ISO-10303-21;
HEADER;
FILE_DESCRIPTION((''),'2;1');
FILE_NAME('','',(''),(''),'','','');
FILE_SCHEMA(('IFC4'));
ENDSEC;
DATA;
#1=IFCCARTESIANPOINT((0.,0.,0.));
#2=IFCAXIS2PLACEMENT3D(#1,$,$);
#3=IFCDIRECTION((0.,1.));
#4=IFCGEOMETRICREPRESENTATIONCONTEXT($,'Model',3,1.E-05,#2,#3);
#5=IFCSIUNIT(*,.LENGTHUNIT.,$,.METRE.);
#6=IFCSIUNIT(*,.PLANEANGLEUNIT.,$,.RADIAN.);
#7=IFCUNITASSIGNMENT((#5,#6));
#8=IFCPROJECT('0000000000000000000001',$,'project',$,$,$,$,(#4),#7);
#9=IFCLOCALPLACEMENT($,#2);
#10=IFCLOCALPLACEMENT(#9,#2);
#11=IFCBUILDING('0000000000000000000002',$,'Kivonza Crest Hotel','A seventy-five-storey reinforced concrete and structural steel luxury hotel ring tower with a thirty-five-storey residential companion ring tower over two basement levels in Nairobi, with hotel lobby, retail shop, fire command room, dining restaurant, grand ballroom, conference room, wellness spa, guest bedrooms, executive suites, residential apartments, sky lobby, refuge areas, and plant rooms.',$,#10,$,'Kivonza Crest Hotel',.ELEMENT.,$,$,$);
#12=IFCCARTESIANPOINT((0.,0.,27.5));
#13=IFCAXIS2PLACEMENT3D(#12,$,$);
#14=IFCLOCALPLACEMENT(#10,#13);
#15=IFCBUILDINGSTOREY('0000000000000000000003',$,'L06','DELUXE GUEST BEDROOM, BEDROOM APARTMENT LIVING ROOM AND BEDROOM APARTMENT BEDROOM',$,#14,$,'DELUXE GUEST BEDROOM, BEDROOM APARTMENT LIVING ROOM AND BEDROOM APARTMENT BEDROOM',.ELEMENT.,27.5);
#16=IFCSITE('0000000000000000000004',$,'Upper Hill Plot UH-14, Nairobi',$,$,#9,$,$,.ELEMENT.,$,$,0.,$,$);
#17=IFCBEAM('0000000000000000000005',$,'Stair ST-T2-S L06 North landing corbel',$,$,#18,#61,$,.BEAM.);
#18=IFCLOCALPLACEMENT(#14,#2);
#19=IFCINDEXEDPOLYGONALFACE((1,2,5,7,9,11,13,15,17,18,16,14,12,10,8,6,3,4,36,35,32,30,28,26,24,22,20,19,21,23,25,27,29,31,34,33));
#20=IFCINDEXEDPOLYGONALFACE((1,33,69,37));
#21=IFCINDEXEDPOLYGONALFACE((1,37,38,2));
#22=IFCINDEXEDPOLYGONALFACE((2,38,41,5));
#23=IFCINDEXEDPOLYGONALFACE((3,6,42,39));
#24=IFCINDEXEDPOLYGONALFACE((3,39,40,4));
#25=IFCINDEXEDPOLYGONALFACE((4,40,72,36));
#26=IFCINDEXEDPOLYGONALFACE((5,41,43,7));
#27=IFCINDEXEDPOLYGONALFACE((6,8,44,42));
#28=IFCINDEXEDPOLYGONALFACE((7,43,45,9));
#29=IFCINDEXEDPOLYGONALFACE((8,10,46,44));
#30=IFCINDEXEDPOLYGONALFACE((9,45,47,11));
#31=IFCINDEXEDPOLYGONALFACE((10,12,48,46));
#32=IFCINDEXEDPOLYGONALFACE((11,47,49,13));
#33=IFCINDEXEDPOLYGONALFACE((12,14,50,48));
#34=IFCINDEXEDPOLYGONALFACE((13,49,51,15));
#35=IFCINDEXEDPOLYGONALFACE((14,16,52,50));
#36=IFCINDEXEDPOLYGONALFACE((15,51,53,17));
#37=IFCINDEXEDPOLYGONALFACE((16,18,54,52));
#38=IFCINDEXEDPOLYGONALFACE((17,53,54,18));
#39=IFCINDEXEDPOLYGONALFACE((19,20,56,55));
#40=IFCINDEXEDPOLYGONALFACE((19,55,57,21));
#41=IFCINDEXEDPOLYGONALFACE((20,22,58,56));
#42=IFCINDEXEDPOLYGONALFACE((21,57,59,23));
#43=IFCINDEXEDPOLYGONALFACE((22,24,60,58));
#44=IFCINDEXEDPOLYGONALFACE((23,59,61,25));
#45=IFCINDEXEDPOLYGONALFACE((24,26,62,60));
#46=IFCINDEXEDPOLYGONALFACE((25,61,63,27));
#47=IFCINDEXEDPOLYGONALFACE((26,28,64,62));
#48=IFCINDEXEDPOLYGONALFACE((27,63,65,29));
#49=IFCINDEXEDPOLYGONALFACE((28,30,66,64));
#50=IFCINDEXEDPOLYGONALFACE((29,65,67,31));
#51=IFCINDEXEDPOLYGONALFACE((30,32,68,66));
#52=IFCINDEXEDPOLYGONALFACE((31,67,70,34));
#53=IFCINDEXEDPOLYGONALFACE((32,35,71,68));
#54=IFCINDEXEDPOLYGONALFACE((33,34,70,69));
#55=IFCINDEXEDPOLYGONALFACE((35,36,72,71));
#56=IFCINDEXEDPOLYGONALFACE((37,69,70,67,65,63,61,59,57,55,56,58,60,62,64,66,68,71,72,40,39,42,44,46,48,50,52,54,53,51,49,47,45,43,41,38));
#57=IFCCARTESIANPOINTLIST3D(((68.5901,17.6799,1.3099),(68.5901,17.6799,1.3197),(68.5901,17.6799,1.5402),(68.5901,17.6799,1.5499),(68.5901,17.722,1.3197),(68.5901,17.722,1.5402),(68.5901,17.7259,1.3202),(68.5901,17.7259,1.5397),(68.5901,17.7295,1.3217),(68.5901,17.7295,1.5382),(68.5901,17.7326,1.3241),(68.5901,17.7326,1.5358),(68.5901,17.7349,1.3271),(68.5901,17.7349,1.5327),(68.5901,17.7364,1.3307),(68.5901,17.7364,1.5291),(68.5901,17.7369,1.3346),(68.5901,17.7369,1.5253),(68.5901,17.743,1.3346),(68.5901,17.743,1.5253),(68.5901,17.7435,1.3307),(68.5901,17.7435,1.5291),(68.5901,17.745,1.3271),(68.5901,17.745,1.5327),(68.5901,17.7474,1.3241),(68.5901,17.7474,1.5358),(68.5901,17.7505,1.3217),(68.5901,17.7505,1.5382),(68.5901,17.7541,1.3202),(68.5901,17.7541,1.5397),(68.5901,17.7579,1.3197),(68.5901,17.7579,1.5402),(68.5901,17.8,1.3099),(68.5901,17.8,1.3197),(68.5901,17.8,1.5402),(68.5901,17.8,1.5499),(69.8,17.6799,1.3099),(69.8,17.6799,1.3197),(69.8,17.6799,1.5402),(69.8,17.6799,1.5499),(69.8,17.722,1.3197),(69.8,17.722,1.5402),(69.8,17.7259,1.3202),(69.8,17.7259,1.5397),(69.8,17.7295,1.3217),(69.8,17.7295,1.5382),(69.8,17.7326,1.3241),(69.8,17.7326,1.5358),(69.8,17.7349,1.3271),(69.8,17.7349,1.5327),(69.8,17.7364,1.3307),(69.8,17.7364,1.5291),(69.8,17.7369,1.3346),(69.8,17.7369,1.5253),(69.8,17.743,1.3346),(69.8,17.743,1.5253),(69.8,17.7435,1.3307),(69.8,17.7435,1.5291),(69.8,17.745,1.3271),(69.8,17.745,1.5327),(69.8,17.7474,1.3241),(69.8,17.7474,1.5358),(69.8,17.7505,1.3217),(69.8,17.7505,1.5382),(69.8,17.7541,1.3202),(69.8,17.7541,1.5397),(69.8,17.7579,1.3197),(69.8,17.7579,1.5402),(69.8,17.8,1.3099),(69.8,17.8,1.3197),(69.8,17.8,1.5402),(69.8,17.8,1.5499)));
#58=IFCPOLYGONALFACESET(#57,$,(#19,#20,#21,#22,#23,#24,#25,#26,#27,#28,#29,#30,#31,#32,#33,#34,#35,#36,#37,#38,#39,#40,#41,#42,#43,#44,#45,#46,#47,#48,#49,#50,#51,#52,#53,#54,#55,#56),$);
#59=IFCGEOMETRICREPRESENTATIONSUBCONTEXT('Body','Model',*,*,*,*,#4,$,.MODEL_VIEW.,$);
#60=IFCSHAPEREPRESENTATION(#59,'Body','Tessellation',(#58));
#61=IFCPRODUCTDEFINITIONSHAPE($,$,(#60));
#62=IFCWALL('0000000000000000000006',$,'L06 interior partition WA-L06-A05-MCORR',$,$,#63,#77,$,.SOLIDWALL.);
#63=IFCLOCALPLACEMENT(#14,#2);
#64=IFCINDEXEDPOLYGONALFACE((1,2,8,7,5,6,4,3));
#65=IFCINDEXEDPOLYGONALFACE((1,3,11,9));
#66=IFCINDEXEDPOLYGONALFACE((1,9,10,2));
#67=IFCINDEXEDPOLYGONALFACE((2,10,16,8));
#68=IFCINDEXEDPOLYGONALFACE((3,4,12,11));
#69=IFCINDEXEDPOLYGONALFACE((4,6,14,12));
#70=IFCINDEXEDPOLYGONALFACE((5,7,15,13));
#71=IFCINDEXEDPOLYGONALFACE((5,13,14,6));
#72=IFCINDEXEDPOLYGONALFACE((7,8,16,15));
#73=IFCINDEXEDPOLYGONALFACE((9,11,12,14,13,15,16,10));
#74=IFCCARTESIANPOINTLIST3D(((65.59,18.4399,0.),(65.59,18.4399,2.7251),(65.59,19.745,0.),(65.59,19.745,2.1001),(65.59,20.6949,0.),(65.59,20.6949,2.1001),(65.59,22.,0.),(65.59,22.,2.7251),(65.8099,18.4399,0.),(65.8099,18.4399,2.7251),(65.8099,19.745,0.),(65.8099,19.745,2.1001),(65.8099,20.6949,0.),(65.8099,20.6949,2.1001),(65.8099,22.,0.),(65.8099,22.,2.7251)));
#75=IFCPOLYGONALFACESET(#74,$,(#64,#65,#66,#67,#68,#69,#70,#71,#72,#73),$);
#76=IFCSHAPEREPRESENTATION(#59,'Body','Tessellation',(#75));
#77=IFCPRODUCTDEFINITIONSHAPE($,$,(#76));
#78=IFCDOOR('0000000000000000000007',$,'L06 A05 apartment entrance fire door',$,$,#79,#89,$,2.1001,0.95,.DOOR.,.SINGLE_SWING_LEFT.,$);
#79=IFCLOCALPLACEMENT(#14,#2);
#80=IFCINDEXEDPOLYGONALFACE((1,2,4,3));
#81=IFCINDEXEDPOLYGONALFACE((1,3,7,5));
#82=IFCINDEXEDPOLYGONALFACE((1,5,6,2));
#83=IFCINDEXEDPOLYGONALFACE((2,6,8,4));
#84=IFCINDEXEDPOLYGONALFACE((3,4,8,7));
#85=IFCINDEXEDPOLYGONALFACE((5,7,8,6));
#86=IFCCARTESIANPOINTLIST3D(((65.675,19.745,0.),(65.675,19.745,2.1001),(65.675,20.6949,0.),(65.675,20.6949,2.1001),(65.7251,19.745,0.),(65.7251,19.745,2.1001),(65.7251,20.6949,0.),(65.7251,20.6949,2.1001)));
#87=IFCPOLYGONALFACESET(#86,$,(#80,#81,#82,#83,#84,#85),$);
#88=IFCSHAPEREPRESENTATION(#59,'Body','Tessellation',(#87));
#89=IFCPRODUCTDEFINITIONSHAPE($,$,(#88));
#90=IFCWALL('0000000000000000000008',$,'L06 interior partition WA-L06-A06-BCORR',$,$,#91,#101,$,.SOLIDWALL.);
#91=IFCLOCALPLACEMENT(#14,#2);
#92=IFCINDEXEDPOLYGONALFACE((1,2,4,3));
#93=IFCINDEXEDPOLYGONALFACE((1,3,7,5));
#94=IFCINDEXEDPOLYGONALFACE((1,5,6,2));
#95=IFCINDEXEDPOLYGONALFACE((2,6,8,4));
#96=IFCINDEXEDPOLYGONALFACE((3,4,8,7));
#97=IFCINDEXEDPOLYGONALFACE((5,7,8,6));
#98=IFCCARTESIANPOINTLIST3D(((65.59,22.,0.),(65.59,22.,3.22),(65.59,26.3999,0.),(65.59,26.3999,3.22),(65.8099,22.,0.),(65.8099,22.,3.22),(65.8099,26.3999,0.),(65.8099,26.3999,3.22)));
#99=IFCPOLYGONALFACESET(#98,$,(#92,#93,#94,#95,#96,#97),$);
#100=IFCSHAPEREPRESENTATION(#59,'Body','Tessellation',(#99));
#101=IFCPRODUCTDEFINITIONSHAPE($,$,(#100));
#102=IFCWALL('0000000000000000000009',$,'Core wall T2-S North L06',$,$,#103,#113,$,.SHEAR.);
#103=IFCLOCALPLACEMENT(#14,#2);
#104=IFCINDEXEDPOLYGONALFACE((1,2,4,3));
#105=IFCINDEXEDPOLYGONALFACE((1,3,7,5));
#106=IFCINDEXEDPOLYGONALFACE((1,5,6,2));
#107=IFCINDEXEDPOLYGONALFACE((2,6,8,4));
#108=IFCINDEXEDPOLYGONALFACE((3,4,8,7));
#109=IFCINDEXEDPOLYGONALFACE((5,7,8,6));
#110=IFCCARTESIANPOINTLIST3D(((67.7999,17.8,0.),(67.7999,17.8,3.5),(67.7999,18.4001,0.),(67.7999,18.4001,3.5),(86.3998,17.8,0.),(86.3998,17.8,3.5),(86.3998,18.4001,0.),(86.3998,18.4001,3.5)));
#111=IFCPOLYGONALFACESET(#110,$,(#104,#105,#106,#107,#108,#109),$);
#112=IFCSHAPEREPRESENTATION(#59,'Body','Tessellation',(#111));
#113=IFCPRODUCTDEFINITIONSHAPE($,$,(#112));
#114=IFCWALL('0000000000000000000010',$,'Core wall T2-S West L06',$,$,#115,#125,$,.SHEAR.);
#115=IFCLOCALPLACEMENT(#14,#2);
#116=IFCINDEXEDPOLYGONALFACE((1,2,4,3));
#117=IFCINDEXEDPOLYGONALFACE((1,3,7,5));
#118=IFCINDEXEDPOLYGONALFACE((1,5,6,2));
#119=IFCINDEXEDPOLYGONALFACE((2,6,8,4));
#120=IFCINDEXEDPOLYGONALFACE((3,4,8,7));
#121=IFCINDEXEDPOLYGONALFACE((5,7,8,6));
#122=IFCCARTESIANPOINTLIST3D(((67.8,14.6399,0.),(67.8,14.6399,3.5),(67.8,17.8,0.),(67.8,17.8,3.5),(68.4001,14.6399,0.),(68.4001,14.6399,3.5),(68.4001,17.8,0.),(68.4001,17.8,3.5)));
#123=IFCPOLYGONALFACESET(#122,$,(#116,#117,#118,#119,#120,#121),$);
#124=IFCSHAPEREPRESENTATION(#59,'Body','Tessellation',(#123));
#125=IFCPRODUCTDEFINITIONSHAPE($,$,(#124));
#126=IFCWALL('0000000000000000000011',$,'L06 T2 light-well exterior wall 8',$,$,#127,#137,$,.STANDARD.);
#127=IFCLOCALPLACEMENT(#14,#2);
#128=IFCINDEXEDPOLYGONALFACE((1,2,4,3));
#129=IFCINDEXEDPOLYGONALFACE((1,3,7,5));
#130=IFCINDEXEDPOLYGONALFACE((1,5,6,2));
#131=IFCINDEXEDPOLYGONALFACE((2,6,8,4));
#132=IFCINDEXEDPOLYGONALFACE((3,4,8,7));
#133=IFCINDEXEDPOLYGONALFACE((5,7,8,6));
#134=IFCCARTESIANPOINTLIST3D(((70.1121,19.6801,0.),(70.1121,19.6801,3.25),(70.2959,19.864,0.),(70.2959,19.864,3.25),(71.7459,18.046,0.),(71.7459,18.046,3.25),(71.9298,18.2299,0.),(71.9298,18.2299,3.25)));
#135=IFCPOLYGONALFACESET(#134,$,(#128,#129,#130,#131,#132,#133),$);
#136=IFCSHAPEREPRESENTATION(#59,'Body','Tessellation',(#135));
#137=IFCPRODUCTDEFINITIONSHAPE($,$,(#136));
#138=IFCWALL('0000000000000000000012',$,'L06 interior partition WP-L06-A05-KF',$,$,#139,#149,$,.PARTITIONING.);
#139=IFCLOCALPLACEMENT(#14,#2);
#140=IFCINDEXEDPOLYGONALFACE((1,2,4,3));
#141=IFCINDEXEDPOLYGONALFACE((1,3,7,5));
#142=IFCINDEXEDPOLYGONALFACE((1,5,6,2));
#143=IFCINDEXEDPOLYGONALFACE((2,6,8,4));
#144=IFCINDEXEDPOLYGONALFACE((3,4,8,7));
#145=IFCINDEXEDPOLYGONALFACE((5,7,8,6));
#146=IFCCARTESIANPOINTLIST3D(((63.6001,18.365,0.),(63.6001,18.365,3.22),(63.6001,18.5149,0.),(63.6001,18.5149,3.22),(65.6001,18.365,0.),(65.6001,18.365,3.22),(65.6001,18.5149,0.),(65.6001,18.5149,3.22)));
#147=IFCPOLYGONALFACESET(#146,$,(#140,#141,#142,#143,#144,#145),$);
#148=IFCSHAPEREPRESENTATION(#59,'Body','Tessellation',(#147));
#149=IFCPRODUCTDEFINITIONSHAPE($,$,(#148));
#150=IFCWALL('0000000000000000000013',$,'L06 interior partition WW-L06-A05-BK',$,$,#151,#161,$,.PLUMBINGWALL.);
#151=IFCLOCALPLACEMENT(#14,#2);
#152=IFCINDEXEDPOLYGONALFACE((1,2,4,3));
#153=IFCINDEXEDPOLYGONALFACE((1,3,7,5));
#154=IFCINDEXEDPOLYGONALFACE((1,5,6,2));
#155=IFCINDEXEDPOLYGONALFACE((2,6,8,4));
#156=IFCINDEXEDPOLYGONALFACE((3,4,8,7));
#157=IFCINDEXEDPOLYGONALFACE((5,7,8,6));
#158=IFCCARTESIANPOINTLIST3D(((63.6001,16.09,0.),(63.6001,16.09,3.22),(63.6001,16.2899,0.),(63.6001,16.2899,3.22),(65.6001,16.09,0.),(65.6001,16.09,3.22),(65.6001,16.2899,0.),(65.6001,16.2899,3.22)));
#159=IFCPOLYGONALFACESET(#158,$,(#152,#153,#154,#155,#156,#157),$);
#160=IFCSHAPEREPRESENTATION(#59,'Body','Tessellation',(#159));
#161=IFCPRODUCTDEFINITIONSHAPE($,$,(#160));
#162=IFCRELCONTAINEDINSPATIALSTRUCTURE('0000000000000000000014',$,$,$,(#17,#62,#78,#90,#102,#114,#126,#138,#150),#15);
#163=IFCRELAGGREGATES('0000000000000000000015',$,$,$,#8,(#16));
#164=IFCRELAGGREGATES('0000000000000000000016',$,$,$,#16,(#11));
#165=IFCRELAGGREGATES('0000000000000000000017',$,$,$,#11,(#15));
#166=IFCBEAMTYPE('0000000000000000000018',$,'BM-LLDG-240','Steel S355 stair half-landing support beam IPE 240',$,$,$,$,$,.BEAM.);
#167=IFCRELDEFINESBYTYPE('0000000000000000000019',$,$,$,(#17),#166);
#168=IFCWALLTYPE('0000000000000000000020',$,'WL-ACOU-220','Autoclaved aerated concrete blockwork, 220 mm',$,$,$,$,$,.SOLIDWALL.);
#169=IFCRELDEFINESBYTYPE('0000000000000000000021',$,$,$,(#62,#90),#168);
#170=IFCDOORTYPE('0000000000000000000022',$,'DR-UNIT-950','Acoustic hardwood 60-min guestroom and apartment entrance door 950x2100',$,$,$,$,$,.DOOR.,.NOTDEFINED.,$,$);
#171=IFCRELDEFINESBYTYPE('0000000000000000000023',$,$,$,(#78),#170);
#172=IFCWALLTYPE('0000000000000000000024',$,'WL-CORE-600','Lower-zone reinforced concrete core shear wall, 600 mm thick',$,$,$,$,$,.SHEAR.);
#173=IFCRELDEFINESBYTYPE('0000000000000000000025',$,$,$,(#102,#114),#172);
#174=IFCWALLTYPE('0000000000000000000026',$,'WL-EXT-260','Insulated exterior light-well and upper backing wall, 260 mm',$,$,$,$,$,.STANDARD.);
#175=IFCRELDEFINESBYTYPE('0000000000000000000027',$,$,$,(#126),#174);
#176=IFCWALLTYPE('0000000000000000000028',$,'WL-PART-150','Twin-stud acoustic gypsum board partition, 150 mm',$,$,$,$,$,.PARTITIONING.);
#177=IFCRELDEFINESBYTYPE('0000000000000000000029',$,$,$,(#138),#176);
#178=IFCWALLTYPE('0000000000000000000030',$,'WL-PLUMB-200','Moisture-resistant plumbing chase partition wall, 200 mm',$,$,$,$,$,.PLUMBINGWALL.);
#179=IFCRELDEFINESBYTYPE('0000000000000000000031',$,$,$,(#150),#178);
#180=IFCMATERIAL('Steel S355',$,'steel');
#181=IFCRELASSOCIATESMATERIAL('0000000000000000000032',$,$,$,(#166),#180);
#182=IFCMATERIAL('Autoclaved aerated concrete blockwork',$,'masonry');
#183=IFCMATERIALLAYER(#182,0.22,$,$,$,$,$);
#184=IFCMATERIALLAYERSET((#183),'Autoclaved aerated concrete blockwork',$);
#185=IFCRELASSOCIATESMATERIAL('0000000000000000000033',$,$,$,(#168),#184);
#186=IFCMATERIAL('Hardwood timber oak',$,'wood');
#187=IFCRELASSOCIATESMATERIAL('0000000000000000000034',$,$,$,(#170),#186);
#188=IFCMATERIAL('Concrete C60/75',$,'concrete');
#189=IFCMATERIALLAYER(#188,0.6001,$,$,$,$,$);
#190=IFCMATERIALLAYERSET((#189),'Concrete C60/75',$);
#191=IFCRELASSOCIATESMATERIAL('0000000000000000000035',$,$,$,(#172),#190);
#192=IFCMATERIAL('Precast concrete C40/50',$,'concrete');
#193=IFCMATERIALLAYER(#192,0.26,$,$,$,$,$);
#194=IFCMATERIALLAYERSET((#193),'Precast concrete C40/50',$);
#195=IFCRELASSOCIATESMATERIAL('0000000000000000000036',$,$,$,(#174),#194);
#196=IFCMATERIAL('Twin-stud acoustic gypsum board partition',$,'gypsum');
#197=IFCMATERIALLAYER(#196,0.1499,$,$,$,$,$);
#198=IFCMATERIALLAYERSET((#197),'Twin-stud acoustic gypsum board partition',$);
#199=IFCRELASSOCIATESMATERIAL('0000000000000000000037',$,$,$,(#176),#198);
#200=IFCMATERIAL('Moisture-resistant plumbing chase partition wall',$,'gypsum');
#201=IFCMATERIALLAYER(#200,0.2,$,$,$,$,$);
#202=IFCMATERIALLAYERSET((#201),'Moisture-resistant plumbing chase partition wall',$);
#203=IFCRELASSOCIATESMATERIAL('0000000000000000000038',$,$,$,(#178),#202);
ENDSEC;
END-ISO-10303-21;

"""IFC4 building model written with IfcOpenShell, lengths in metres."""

from ifc_helpers import new_model, si_unit, direction, frame, frame_2d, origin, origin_2d, place, context, subcontext, project, spatial, rectangle, i_section, extrude, material, layer, layer_set, material_profile, profile_set, type_object, element, fill, save


model = new_model("IFC4")

# Units and contexts
model_context = context("Model", 3, precision=1e-05, world=origin(), true_north=direction((0.0, 1.0)))
body_context = subcontext(model_context, "Body", "Model", "MODEL_VIEW")
ifc_project = project(units=[si_unit("LENGTHUNIT", "METRE"), si_unit("PLANEANGLEUNIT", "RADIAN")], contexts=[model_context])

# Site, building, storey
site_placement = place(None, origin())
site = spatial("IfcSite", under=ifc_project, at=site_placement, Name="Upper Hill Plot UH-14, Nairobi", CompositionType="ELEMENT", RefElevation=0.0)
building_placement = place(site_placement, origin())
building = spatial("IfcBuilding", under=site, at=building_placement, Name="Kivonza Crest Hotel", Description="A seventy-five-storey reinforced concrete and structural steel luxury hotel ring tower with a thirty-five-storey residential companion ring tower over two basement levels in Nairobi, with hotel lobby, retail shop, fire command room, dining restaurant, grand ballroom, conference room, wellness spa, guest bedrooms, executive suites, residential apartments, sky lobby, refuge areas, and plant rooms.", LongName="Kivonza Crest Hotel", CompositionType="ELEMENT")
storey_placement = place(building_placement, frame((0.0, 0.0, 27.5)))
storey = spatial("IfcBuildingStorey", under=building, at=storey_placement, Name="L06", Description="DELUXE GUEST BEDROOM, BEDROOM APARTMENT LIVING ROOM AND BEDROOM APARTMENT BEDROOM", LongName="DELUXE GUEST BEDROOM, BEDROOM APARTMENT LIVING ROOM AND BEDROOM APARTMENT BEDROOM", CompositionType="ELEMENT", Elevation=27.5)

# Beam
ifc_material_1 = material(Name="Steel S355", Category="steel")
ifc_material_profile_1 = material_profile(ifc_material_1, i_section(OverallWidth=0.1201, OverallDepth=0.24, WebThickness=0.0061, FlangeThickness=0.0098, FilletRadius=0.0149, at=origin_2d()), Name="IPE 240")
ifc_profile_set_1 = profile_set([ifc_material_profile_1], Name="Steel S355")
beam_type_1 = type_object("IfcBeamType", Name="BM-LLDG-240", Description="Steel S355 stair half-landing support beam IPE 240", PredefinedType="BEAM", material=ifc_profile_set_1)
for number, where, z_axis, x_axis, name in (
    (1, (68.5901, 17.74, 1.4299), (1.0, 0.0, 0.0), (0.0, 1.0, 0.0), "Stair ST-T2-S L06 North landing corbel"),
):
    element("IfcBeam", number, at=place(storey_placement, frame(where, z_axis=z_axis, x_axis=x_axis)), inside=storey, type_object=beam_type_1, Name=name, PredefinedType="BEAM", context=body_context, shape_type="SweptSolid", body=[
        extrude(i_section(OverallWidth=0.1201, OverallDepth=0.24, WebThickness=0.0061, FlangeThickness=0.0098, FilletRadius=0.0149, at=origin_2d()), origin(), (0.0, 0.0, 1.0), 1.21),
    ])

# Wall, opening, door
ifc_material_2 = material(Name="Autoclaved aerated concrete blockwork", Category="masonry")
ifc_layer_1 = layer(ifc_material_2, 0.22)
ifc_layer_set_1 = layer_set([ifc_layer_1], Name="Autoclaved aerated concrete blockwork")
wall_type_1 = type_object("IfcWallType", Name="WL-ACOU-220", Description="Autoclaved aerated concrete blockwork, 220 mm", PredefinedType="SOLIDWALL", material=ifc_layer_set_1)
wall_1_placement = place(storey_placement, frame((65.7, 18.4399, 0.0), z_axis=(0.0, 0.0, 1.0), x_axis=(0.0, 1.0, 0.0)))
wall_1 = element("IfcWall", 2, at=wall_1_placement, inside=storey, type_object=wall_type_1, Name="L06 interior partition WA-L06-A05-MCORR", PredefinedType="SOLIDWALL", context=body_context, shape_type="SweptSolid", body=[
    extrude(rectangle(XDim=3.5601, YDim=0.22, at=frame_2d((1.78, 0.0))), origin(), (0.0, 0.0, 1.0), 2.7251),
])
opening_placement = place(wall_1_placement, frame((1.3049, 0.0, 0.0)))
opening = element("IfcOpeningElement", 3, at=opening_placement, cuts=wall_1, PredefinedType="OPENING", context=body_context, shape_type="SweptSolid", body=[
    extrude(rectangle(XDim=0.95, YDim=2.1001, at=frame_2d((0.4751, 1.05))), frame((0.0, 0.1201, 0.0), z_axis=(0.0, -1.0, 0.0), x_axis=(1.0, 0.0, 0.0)), (0.0, 0.0, 1.0), 0.24),
])
ifc_material_3 = material(Name="Hardwood timber oak", Category="wood")
door_type = type_object("IfcDoorType", Name="DR-UNIT-950", Description="Acoustic hardwood 60-min guestroom and apartment entrance door 950x2100", OperationType="NOTDEFINED", PredefinedType="DOOR", material=ifc_material_3)
door_placement = place(opening_placement, origin())
door = element("IfcDoor", 4, at=door_placement, inside=storey, type_object=door_type, Name="L06 A05 apartment entrance fire door", OperationType="SINGLE_SWING_LEFT", OverallHeight=2.1001, OverallWidth=0.95, PredefinedType="DOOR", context=body_context, shape_type="SweptSolid", body=[
    extrude(rectangle(XDim=0.95, YDim=2.1001, at=frame_2d((0.4751, 1.05))), frame((0.0, 0.0249, 0.0), z_axis=(0.0, -1.0, 0.0), x_axis=(1.0, 0.0, 0.0)), (0.0, 0.0, 1.0), 0.05),
])
fill(opening, door)

# Walls
wall_2_placement = place(storey_placement, frame((65.7, 22.0, 0.0), z_axis=(0.0, 0.0, 1.0), x_axis=(0.0, 1.0, 0.0)))
element("IfcWall", 5, at=wall_2_placement, inside=storey, type_object=wall_type_1, Name="L06 interior partition WA-L06-A06-BCORR", PredefinedType="SOLIDWALL", context=body_context, shape_type="SweptSolid", body=[
    extrude(rectangle(XDim=4.3999, YDim=0.22, at=frame_2d((2.2, 0.0))), origin(), (0.0, 0.0, 1.0), 3.22),
])
ifc_material_4 = material(Name="Concrete C60/75", Category="concrete")
ifc_layer_2 = layer(ifc_material_4, 0.6001)
ifc_layer_set_2 = layer_set([ifc_layer_2], Name="Concrete C60/75")
wall_type_2 = type_object("IfcWallType", Name="WL-CORE-600", Description="Lower-zone reinforced concrete core shear wall, 600 mm thick", PredefinedType="SHEAR", material=ifc_layer_set_2)
wall_3_placement = place(storey_placement, frame((67.8, 18.1001, 0.0), z_axis=(0.0, 0.0, 1.0), x_axis=(1.0, 0.0, 0.0)))
element("IfcWall", 6, at=wall_3_placement, inside=storey, type_object=wall_type_2, Name="Core wall T2-S North L06", PredefinedType="SHEAR", context=body_context, shape_type="SweptSolid", body=[
    extrude(rectangle(XDim=18.5999, YDim=0.6001, at=frame_2d((9.2998, 0.0))), origin(), (0.0, 0.0, 1.0), 3.5),
])
wall_4_placement = place(storey_placement, frame((68.1001, 14.6399, 0.0), z_axis=(0.0, 0.0, 1.0), x_axis=(0.0, 1.0, 0.0)))
element("IfcWall", 7, at=wall_4_placement, inside=storey, type_object=wall_type_2, Name="Core wall T2-S West L06", PredefinedType="SHEAR", context=body_context, shape_type="SweptSolid", body=[
    extrude(rectangle(XDim=3.1602, YDim=0.6001, at=frame_2d((1.5801, 0.0))), origin(), (0.0, 0.0, 1.0), 3.5),
])
ifc_material_5 = material(Name="Precast concrete C40/50", Category="concrete")
ifc_layer_3 = layer(ifc_material_5, 0.26)
ifc_layer_set_3 = layer_set([ifc_layer_3], Name="Precast concrete C40/50")
wall_type_3 = type_object("IfcWallType", Name="WL-EXT-260", Description="Insulated exterior light-well and upper backing wall, 260 mm", PredefinedType="STANDARD", material=ifc_layer_set_3)
wall_5_placement = place(storey_placement, frame((70.2041, 19.772, 0.0), z_axis=(0.0, 0.0, 1.0), x_axis=(0.707054, -0.70716, 0.0)))
element("IfcWall", 8, at=wall_5_placement, inside=storey, type_object=wall_type_3, Name="L06 T2 light-well exterior wall 8", PredefinedType="STANDARD", context=body_context, shape_type="SweptSolid", body=[
    extrude(rectangle(XDim=2.3108, YDim=0.26, at=frame_2d((1.1553, 0.0))), origin(), (0.0, 0.0, 1.0), 3.25),
])
ifc_material_6 = material(Name="Twin-stud acoustic gypsum board partition", Category="gypsum")
ifc_layer_4 = layer(ifc_material_6, 0.1499)
ifc_layer_set_4 = layer_set([ifc_layer_4], Name="Twin-stud acoustic gypsum board partition")
wall_type_4 = type_object("IfcWallType", Name="WL-PART-150", Description="Twin-stud acoustic gypsum board partition, 150 mm", PredefinedType="PARTITIONING", material=ifc_layer_set_4)
wall_6_placement = place(storey_placement, frame((63.6001, 18.4399, 0.0), z_axis=(0.0, 0.0, 1.0), x_axis=(1.0, 0.0, 0.0)))
element("IfcWall", 9, at=wall_6_placement, inside=storey, type_object=wall_type_4, Name="L06 interior partition WP-L06-A05-KF", PredefinedType="PARTITIONING", context=body_context, shape_type="SweptSolid", body=[
    extrude(rectangle(XDim=2.0, YDim=0.1499, at=frame_2d((1.0, 0.0))), origin(), (0.0, 0.0, 1.0), 3.22),
])
ifc_material_7 = material(Name="Moisture-resistant plumbing chase partition wall", Category="gypsum")
ifc_layer_5 = layer(ifc_material_7, 0.2)
ifc_layer_set_5 = layer_set([ifc_layer_5], Name="Moisture-resistant plumbing chase partition wall")
wall_type_5 = type_object("IfcWallType", Name="WL-PLUMB-200", Description="Moisture-resistant plumbing chase partition wall, 200 mm", PredefinedType="PLUMBINGWALL", material=ifc_layer_set_5)
wall_7_placement = place(storey_placement, frame((63.6001, 16.1899, 0.0), z_axis=(0.0, 0.0, 1.0), x_axis=(1.0, 0.0, 0.0)))
element("IfcWall", 10, at=wall_7_placement, inside=storey, type_object=wall_type_5, Name="L06 interior partition WW-L06-A05-BK", PredefinedType="PLUMBINGWALL", context=body_context, shape_type="SweptSolid", body=[
    extrude(rectangle(XDim=2.0, YDim=0.2, at=frame_2d((1.0, 0.0))), origin(), (0.0, 0.0, 1.0), 3.22),
])

save(model, "model.ifc")
